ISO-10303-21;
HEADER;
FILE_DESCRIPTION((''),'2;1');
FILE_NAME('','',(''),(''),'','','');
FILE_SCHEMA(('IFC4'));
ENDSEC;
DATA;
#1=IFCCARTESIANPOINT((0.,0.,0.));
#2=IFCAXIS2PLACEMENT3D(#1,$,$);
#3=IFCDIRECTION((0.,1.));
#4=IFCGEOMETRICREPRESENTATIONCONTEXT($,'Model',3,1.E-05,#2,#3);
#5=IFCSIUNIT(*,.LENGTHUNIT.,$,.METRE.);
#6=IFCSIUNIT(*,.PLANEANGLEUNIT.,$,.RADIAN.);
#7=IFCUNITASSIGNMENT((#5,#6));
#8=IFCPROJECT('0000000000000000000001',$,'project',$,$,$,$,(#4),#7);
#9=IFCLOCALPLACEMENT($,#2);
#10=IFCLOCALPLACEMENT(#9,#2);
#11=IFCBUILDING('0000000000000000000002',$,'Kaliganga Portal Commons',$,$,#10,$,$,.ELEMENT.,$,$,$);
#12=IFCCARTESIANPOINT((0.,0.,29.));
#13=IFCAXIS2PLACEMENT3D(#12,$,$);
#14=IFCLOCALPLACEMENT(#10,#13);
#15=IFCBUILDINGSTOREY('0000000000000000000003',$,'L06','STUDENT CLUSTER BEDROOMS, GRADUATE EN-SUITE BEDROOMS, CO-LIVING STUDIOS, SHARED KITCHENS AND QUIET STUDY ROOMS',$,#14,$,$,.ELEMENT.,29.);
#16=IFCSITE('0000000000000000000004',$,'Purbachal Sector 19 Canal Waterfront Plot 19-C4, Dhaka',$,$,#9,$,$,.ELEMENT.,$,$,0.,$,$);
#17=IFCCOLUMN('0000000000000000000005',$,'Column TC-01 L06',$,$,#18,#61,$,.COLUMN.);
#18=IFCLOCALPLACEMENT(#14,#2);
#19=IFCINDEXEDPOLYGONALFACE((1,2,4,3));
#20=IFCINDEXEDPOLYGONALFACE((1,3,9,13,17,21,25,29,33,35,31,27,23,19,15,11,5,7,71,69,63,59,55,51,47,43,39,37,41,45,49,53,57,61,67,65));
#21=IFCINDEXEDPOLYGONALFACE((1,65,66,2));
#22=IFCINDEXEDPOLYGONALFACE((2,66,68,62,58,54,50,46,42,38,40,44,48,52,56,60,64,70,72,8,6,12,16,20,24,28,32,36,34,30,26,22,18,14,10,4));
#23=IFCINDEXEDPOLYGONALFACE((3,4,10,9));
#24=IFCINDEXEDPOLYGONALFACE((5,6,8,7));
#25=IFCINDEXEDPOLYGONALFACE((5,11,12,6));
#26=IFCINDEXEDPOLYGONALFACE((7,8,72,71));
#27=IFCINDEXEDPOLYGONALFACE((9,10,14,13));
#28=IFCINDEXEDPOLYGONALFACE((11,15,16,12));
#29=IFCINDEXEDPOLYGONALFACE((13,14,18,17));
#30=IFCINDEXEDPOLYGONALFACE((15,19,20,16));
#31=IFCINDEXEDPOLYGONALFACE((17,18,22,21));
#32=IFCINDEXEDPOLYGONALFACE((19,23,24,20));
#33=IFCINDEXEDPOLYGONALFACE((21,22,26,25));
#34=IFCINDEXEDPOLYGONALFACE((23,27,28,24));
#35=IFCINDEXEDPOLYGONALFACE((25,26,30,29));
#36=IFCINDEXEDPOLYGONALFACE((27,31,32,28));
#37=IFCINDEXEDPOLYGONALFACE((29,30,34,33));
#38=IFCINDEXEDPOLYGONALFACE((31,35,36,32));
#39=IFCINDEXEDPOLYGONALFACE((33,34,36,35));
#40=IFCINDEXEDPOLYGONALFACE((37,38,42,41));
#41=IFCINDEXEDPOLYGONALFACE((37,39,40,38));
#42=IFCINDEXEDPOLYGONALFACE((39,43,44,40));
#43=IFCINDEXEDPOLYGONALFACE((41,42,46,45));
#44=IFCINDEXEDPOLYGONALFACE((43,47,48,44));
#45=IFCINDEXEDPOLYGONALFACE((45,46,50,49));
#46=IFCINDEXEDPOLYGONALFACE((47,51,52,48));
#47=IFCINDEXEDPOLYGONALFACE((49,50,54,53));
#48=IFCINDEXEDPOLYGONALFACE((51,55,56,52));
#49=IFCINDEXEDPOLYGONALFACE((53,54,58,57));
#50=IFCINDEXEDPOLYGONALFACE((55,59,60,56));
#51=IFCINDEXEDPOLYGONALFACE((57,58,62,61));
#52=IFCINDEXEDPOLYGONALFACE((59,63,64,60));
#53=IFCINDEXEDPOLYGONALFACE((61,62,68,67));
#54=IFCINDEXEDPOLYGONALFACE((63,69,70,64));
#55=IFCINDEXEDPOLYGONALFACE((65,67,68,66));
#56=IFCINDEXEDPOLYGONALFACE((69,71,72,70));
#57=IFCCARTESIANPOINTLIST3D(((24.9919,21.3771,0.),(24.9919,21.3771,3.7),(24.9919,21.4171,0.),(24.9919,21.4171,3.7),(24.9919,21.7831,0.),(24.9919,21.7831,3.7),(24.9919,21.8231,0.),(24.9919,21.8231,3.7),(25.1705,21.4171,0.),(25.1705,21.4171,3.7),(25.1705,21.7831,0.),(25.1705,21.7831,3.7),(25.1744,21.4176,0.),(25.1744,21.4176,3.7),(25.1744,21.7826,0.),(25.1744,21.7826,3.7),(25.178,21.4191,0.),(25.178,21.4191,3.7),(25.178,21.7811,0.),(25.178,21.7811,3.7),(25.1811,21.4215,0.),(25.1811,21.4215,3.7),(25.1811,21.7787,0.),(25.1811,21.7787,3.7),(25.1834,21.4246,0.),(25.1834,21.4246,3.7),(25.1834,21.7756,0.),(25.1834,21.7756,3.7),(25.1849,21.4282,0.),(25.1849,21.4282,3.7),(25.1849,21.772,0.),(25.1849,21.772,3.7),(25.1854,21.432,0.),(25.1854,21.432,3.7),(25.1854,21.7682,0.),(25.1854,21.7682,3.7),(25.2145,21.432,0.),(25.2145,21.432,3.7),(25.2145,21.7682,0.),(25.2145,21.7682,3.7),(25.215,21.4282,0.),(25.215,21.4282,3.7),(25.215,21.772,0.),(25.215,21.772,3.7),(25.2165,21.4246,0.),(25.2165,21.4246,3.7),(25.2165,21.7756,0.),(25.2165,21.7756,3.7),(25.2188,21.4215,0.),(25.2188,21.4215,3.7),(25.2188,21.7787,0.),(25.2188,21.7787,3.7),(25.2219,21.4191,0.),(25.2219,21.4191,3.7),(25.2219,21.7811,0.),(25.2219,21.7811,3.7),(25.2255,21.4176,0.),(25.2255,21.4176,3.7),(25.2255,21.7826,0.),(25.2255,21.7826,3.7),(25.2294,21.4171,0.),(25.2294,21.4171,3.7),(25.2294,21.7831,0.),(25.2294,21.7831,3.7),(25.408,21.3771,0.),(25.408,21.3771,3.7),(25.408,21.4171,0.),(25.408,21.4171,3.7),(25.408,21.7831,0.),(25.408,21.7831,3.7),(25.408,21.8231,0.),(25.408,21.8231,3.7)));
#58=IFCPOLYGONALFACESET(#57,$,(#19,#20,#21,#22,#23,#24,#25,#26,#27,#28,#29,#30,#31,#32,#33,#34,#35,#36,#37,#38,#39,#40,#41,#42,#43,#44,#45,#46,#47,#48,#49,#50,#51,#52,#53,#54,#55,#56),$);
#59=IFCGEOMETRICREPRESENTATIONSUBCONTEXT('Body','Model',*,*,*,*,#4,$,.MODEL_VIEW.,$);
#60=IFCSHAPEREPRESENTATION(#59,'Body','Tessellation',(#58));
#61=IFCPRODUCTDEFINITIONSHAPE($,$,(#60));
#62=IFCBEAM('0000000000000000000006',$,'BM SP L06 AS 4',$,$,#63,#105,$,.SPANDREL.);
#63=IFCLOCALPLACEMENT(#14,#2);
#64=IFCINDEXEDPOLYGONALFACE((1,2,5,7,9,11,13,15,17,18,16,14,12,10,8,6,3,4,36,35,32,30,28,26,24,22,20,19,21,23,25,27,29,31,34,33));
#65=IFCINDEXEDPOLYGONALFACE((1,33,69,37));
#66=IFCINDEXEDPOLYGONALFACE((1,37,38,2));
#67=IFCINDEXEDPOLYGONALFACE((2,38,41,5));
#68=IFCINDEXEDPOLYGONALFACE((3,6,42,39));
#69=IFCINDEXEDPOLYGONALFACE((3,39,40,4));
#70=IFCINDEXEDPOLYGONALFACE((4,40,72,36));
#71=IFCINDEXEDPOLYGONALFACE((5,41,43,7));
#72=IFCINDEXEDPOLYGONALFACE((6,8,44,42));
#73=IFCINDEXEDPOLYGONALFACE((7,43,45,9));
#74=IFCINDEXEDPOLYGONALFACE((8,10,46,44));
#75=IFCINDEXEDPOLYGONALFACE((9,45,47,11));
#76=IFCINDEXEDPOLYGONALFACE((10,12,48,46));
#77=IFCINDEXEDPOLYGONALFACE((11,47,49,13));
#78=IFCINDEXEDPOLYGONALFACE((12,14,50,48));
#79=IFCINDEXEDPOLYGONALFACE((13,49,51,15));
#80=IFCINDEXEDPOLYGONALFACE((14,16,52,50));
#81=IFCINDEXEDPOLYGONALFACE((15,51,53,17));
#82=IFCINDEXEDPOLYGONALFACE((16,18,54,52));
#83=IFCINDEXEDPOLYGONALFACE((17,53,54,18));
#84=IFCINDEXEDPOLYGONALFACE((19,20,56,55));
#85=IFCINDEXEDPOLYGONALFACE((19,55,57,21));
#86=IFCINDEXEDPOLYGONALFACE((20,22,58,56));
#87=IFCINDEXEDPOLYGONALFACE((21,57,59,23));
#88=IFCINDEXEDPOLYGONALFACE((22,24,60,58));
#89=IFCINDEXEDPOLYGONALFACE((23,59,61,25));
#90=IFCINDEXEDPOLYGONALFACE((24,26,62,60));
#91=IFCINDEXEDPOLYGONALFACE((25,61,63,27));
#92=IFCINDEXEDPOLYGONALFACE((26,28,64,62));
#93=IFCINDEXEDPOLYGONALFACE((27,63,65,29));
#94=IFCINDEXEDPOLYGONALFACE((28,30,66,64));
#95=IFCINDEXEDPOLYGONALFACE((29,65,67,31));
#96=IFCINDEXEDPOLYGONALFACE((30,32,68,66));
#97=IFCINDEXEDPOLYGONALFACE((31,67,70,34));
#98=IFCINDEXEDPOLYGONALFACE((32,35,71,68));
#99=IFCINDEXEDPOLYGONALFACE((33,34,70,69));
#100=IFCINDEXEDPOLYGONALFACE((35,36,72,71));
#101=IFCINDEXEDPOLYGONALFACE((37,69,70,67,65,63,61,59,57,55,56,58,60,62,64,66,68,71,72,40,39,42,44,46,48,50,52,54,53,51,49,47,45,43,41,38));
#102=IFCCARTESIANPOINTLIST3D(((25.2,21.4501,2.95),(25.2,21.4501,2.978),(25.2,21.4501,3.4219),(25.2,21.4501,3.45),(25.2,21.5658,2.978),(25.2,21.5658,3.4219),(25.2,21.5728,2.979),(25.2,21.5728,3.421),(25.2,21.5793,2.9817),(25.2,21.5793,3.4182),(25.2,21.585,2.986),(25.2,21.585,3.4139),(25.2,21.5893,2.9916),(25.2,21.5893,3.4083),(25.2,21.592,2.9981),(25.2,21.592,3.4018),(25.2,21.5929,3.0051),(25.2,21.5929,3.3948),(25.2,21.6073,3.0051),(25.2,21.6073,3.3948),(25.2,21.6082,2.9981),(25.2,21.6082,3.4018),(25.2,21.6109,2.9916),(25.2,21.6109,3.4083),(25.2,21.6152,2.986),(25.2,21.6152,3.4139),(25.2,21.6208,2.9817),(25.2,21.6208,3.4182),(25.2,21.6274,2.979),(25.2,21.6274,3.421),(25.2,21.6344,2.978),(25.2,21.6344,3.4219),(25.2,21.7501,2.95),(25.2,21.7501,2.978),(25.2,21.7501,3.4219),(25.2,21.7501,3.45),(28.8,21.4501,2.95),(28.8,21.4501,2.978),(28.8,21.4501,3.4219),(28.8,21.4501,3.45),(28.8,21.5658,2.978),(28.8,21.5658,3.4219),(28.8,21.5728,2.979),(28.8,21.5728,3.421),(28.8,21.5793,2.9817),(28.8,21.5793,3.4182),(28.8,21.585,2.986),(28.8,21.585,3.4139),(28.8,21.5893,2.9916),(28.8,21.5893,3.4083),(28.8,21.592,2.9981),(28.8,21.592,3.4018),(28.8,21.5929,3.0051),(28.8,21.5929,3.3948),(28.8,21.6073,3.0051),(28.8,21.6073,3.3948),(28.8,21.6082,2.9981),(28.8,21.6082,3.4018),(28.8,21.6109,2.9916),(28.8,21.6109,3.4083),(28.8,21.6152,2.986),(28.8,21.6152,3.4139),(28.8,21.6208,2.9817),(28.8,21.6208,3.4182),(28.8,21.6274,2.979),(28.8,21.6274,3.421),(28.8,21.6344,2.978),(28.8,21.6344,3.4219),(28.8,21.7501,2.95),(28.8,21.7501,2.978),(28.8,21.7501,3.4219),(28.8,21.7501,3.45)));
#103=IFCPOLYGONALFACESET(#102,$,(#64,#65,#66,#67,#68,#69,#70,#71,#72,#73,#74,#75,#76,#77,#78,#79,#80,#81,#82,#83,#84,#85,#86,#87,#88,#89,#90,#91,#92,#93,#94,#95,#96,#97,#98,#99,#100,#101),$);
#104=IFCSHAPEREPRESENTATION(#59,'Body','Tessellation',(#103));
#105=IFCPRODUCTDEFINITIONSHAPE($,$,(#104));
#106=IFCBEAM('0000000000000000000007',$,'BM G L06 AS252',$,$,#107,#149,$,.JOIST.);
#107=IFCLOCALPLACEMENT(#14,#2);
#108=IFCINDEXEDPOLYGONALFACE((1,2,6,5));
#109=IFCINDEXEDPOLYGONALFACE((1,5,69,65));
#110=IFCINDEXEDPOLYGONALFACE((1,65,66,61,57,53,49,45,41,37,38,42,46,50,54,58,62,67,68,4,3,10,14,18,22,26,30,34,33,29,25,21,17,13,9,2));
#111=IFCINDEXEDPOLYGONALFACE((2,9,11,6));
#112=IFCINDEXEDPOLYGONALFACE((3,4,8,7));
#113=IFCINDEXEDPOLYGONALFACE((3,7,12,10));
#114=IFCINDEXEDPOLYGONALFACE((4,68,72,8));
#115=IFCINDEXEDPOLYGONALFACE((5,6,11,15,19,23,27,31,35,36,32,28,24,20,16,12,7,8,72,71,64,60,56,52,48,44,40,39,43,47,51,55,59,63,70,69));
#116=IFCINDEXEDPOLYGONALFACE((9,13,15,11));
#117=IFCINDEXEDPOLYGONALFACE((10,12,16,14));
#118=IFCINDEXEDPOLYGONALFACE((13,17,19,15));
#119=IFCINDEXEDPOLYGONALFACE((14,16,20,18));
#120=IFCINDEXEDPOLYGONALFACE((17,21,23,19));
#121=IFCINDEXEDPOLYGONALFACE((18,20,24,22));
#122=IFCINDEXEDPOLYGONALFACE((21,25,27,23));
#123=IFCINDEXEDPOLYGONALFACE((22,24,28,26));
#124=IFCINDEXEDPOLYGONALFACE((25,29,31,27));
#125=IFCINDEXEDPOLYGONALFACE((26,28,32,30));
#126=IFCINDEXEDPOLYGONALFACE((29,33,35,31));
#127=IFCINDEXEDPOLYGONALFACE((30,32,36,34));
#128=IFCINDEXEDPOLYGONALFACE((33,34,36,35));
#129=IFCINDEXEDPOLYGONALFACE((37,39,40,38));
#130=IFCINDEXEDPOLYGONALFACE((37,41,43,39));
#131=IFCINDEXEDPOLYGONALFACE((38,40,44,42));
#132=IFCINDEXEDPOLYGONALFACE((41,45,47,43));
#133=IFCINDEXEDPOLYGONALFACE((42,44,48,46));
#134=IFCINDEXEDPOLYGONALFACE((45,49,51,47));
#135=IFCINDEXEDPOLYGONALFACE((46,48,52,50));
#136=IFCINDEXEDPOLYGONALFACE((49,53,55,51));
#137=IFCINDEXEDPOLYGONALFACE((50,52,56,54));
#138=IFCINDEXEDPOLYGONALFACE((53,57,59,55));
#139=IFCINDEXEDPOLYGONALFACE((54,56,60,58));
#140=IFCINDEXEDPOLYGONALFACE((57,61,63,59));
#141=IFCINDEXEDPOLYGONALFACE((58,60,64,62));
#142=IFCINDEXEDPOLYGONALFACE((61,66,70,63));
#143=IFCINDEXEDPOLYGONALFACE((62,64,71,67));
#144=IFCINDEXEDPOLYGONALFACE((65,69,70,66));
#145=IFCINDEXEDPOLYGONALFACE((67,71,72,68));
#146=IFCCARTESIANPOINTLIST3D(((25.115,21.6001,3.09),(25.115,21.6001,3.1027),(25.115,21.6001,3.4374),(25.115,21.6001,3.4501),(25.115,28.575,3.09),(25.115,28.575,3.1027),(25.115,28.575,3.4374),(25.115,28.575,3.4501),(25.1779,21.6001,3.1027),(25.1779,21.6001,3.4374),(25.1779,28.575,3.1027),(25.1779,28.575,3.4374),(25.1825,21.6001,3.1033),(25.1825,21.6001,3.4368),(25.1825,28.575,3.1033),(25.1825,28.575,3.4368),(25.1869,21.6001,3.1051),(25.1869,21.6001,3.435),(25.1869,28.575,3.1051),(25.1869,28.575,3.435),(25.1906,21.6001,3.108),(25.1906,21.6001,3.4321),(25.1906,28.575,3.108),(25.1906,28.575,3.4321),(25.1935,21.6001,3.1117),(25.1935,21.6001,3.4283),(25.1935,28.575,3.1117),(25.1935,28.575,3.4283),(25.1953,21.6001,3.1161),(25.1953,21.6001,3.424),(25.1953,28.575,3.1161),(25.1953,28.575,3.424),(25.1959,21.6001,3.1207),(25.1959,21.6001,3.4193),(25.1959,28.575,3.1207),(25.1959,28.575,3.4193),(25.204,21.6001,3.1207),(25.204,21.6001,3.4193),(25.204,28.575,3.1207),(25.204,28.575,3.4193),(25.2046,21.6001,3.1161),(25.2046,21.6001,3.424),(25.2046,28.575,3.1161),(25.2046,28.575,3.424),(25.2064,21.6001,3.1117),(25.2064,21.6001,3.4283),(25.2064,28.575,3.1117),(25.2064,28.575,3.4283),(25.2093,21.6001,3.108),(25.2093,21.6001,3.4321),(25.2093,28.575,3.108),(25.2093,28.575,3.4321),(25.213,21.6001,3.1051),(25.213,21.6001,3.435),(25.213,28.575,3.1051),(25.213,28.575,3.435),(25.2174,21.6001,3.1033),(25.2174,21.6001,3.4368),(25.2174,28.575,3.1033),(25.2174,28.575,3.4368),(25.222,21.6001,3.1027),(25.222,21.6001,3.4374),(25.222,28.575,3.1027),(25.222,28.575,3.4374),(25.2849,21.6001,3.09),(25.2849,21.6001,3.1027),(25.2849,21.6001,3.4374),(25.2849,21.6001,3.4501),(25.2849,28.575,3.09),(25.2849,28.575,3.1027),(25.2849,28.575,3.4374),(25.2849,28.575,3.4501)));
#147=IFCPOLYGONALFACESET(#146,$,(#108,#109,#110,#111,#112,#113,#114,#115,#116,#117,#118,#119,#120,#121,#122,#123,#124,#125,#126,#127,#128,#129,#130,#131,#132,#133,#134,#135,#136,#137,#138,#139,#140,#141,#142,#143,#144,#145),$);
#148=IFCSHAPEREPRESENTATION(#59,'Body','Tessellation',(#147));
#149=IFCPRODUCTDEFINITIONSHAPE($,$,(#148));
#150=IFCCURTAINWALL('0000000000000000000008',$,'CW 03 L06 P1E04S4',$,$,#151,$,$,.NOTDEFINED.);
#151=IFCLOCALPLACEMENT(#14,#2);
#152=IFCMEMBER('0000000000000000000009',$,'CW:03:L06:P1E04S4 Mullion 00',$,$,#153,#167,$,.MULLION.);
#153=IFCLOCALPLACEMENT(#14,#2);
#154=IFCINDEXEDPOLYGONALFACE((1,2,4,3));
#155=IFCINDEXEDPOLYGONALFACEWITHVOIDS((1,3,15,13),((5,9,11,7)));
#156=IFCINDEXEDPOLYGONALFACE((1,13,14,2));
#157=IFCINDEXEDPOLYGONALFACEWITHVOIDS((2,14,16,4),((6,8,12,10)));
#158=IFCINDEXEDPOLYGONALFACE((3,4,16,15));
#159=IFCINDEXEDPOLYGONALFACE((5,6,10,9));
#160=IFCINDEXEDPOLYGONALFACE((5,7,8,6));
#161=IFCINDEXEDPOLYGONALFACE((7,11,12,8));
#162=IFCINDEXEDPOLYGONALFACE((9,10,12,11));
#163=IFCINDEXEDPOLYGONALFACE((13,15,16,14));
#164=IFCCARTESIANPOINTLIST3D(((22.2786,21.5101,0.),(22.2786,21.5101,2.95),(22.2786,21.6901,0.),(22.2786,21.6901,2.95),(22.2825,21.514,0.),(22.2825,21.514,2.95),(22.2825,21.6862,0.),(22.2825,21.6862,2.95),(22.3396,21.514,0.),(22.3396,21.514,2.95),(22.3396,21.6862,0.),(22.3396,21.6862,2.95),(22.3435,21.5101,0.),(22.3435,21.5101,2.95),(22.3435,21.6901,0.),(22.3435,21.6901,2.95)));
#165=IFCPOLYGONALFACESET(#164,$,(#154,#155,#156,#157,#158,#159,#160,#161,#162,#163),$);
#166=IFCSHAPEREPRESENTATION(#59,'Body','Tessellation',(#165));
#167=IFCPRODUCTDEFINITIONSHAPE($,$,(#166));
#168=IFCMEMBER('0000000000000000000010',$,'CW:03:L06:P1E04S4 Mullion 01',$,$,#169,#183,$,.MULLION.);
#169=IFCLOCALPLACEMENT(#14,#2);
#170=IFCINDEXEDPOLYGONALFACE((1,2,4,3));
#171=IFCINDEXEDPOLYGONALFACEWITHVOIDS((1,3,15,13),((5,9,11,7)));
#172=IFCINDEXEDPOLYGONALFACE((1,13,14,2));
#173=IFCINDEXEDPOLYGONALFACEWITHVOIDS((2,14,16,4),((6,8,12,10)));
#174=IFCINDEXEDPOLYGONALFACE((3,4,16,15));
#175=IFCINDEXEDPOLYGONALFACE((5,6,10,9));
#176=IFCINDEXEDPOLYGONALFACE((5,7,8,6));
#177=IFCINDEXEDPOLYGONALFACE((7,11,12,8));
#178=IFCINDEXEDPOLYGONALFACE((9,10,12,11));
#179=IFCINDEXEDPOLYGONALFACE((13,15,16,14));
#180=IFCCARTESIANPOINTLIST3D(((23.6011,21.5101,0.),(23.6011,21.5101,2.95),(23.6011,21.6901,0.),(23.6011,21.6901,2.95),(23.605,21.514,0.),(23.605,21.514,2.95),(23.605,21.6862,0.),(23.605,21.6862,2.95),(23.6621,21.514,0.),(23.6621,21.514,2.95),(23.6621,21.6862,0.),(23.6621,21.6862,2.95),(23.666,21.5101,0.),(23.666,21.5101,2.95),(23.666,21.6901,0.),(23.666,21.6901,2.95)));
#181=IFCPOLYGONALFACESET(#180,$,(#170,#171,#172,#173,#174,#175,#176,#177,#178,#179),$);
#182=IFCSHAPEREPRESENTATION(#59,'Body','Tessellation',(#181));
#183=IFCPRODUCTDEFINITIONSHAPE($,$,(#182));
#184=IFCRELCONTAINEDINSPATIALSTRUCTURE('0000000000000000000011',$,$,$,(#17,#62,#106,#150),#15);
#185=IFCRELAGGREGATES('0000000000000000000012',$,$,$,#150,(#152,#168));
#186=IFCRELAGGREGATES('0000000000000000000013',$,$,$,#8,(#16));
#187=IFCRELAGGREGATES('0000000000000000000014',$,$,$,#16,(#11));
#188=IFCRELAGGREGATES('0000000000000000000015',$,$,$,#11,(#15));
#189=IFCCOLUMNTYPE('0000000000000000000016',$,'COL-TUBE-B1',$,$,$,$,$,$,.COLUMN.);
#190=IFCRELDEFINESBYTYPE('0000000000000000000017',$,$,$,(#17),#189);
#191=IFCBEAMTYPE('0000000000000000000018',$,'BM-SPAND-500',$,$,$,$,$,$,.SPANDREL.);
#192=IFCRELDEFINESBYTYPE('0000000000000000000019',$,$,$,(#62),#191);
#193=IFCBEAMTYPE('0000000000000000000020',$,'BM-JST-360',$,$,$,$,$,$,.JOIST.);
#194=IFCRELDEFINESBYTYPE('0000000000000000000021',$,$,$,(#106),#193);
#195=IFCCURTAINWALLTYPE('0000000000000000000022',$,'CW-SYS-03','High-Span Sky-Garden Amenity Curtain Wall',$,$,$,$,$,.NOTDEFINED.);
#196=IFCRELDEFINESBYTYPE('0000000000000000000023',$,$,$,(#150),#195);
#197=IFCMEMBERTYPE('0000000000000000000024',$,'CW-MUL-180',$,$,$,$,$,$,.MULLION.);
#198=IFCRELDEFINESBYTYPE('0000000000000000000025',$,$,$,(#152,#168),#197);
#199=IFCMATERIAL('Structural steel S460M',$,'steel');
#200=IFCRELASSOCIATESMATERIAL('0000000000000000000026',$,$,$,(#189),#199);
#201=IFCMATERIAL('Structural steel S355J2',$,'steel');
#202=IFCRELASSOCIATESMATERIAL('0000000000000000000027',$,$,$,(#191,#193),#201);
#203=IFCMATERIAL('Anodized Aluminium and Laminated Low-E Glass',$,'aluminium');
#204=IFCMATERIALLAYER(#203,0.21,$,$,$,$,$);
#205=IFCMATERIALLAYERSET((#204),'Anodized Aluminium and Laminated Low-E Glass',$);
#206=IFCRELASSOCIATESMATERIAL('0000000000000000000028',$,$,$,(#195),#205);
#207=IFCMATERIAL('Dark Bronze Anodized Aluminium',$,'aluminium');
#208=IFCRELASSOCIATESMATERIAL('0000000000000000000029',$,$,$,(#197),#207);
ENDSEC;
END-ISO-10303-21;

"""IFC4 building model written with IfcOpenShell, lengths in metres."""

from ifc_helpers import new_model, si_unit, direction, frame, origin, origin_2d, place, context, subcontext, project, spatial, hollow_rectangle, i_section, extrude, source, transform, mapped, material, layer, layer_set, material_profile, profile_set, type_object, element, aggregate, save


model = new_model("IFC4")

# Units and contexts
model_context = context("Model", 3, precision=1e-05, world=origin(), true_north=direction((0.0, 1.0)))
body_context = subcontext(model_context, "Body", "Model", "MODEL_VIEW")
ifc_project = project(units=[si_unit("LENGTHUNIT", "METRE"), si_unit("PLANEANGLEUNIT", "RADIAN")], contexts=[model_context])

# Site, building, storey
site_placement = place(None, origin())
site = spatial("IfcSite", under=ifc_project, at=site_placement, Name="Purbachal Sector 19 Canal Waterfront Plot 19-C4, Dhaka", CompositionType="ELEMENT", RefElevation=0.0)
building_placement = place(site_placement, origin())
building = spatial("IfcBuilding", under=site, at=building_placement, Name="Kaliganga Portal Commons", CompositionType="ELEMENT")
storey_placement = place(building_placement, frame((0.0, 0.0, 29.0)))
storey = spatial("IfcBuildingStorey", under=building, at=storey_placement, Name="L06", Description="STUDENT CLUSTER BEDROOMS, GRADUATE EN-SUITE BEDROOMS, CO-LIVING STUDIOS, SHARED KITCHENS AND QUIET STUDY ROOMS", CompositionType="ELEMENT", Elevation=29.0)

# Column
ifc_material_1 = material(Name="Structural steel S460M", Category="steel")
ifc_material_profile_1 = material_profile(ifc_material_1, i_section(OverallWidth=0.416, OverallDepth=0.446, WebThickness=0.0291, FlangeThickness=0.04, FilletRadius=0.0149, at=origin_2d()), Name="HD 400x509")
ifc_profile_set_1 = profile_set([ifc_material_profile_1], Name="Structural steel S460M wide-flange")
column_type = type_object("IfcColumnType", Name="COL-TUBE-B1", PredefinedType="COLUMN", material=ifc_profile_set_1)
shared_shape_1 = source(origin(), body_context, "Body", "SweptSolid", [
    extrude(i_section(OverallWidth=0.416, OverallDepth=0.446, WebThickness=0.0291, FlangeThickness=0.04, FilletRadius=0.0149, at=origin_2d()), origin(), (0.0, 0.0, 1.0), 3.7),
])
column_placement = place(storey_placement, frame((25.2, 21.6001, 0.0), z_axis=(0.0, 0.0, 1.0), x_axis=(1.0, 0.0, 0.0)))
element("IfcColumn", 1, at=column_placement, inside=storey, type_object=column_type, Name="Column TC-01 L06", PredefinedType="COLUMN", context=body_context, shape_type="MappedRepresentation", body=[
    mapped(shared_shape_1, transform((0.0, 0.0, 0.0), x_axis=(1.0, 0.0, 0.0), y_axis=(0.0, 1.0, 0.0), z_axis=(0.0, 0.0, 1.0), scale=1.0)),
])

# Beams
ifc_material_2 = material(Name="Structural steel S355J2", Category="steel")
ifc_material_profile_2 = material_profile(ifc_material_2, i_section(OverallWidth=0.3, OverallDepth=0.5, WebThickness=0.0144, FlangeThickness=0.0281, FilletRadius=0.0271, at=origin_2d()), Name="HE 500 B")
ifc_profile_set_2 = profile_set([ifc_material_profile_2], Name="Structural steel S355J2 wide-flange")
beam_type_1 = type_object("IfcBeamType", Name="BM-SPAND-500", PredefinedType="SPANDREL", material=ifc_profile_set_2)
shared_shape_2 = source(origin(), body_context, "Body", "SweptSolid", [
    extrude(i_section(OverallWidth=0.3, OverallDepth=0.5, WebThickness=0.0144, FlangeThickness=0.0281, FilletRadius=0.0271, at=origin_2d()), origin(), (0.0, 0.0, 1.0), 3.6001),
])
beam_1_placement = place(storey_placement, frame((25.2, 21.6001, 3.2), z_axis=(1.0, 0.0, 0.0), x_axis=(0.0, 1.0, 0.0)))
element("IfcBeam", 2, at=beam_1_placement, inside=storey, type_object=beam_type_1, Name="BM SP L06 AS 4", PredefinedType="SPANDREL", context=body_context, shape_type="MappedRepresentation", body=[
    mapped(shared_shape_2, transform((0.0, 0.0, 0.0), x_axis=(1.0, 0.0, 0.0), y_axis=(0.0, 1.0, 0.0), z_axis=(0.0, 0.0, 1.0), scale=1.0)),
])
ifc_material_profile_3 = material_profile(ifc_material_2, i_section(OverallWidth=0.1699, OverallDepth=0.3601, WebThickness=0.0081, FlangeThickness=0.0127, FilletRadius=0.0181, at=origin_2d()), Name="IPE 360")
ifc_profile_set_3 = profile_set([ifc_material_profile_3], Name="Structural steel S355J2 wide-flange")
beam_type_2 = type_object("IfcBeamType", Name="BM-JST-360", PredefinedType="JOIST", material=ifc_profile_set_3)
shared_shape_3 = source(origin(), body_context, "Body", "SweptSolid", [
    extrude(i_section(OverallWidth=0.1699, OverallDepth=0.3601, WebThickness=0.0081, FlangeThickness=0.0127, FilletRadius=0.0181, at=origin_2d()), origin(), (0.0, 0.0, 1.0), 6.9749),
])
beam_2_placement = place(storey_placement, frame((25.2, 21.6001, 3.27), z_axis=(0.0, 1.0, 0.0), x_axis=(-1.0, 0.0, 0.0)))
element("IfcBeam", 3, at=beam_2_placement, inside=storey, type_object=beam_type_2, Name="BM G L06 AS252", PredefinedType="JOIST", context=body_context, shape_type="MappedRepresentation", body=[
    mapped(shared_shape_3, transform((0.0, 0.0, 0.0), x_axis=(1.0, 0.0, 0.0), y_axis=(0.0, 1.0, 0.0), z_axis=(0.0, 0.0, 1.0), scale=1.0)),
])

# Curtain wall, members
ifc_material_3 = material(Name="Anodized Aluminium and Laminated Low-E Glass", Category="aluminium")
ifc_layer_1 = layer(ifc_material_3, 0.21)
ifc_layer_set_1 = layer_set([ifc_layer_1], Name="Anodized Aluminium and Laminated Low-E Glass")
curtain_wall_type = type_object("IfcCurtainWallType", Name="CW-SYS-03", Description="High-Span Sky-Garden Amenity Curtain Wall", PredefinedType="NOTDEFINED", material=ifc_layer_set_1)
curtain_wall_1_placement = place(storey_placement, origin())
curtain_wall_1 = element("IfcCurtainWall", 4, at=curtain_wall_1_placement, inside=storey, type_object=curtain_wall_type, Name="CW 03 L06 P1E04S4", PredefinedType="NOTDEFINED")
ifc_material_4 = material(Name="Dark Bronze Anodized Aluminium", Category="aluminium")
ifc_material_profile_4 = material_profile(ifc_material_4, hollow_rectangle(XDim=0.0649, YDim=0.1799, WallThickness=0.0039, at=origin_2d()), Name="ALU MULL 65x180x4")
ifc_profile_set_4 = profile_set([ifc_material_profile_4], Name="Dark Bronze Anodized Aluminium")
member_type_1 = type_object("IfcMemberType", Name="CW-MUL-180", PredefinedType="MULLION", material=ifc_profile_set_4)
shared_shape_4 = source(origin(), body_context, "Body", "SweptSolid", [
    extrude(hollow_rectangle(XDim=0.0649, YDim=0.1799, WallThickness=0.0039, at=origin_2d()), origin(), (0.0, 0.0, 1.0), 2.95),
])
member_1_placement = place(storey_placement, frame((22.311, 21.6001, 0.0), z_axis=(0.0, 0.0, 1.0), x_axis=(1.0, 0.0, 0.0)))
member_1 = element("IfcMember", 5, at=member_1_placement, type_object=member_type_1, Name="CW:03:L06:P1E04S4 Mullion 00", PredefinedType="MULLION", context=body_context, shape_type="MappedRepresentation", body=[
    mapped(shared_shape_4, transform((0.0, 0.0, 0.0), x_axis=(1.0, 0.0, 0.0), y_axis=(0.0, 1.0, 0.0), z_axis=(0.0, 0.0, 1.0), scale=1.0)),
])
member_2_placement = place(storey_placement, frame((23.6335, 21.6001, 0.0), z_axis=(0.0, 0.0, 1.0), x_axis=(1.0, 0.0, 0.0)))
member_2 = element("IfcMember", 6, at=member_2_placement, type_object=member_type_1, Name="CW:03:L06:P1E04S4 Mullion 01", PredefinedType="MULLION", context=body_context, shape_type="MappedRepresentation", body=[
    mapped(shared_shape_4, transform((0.0, 0.0, 0.0), x_axis=(1.0, 0.0, 0.0), y_axis=(0.0, 1.0, 0.0), z_axis=(0.0, 0.0, 1.0), scale=1.0)),
])

aggregate(curtain_wall_1, [member_1, member_2])

save(model, "model.ifc")
